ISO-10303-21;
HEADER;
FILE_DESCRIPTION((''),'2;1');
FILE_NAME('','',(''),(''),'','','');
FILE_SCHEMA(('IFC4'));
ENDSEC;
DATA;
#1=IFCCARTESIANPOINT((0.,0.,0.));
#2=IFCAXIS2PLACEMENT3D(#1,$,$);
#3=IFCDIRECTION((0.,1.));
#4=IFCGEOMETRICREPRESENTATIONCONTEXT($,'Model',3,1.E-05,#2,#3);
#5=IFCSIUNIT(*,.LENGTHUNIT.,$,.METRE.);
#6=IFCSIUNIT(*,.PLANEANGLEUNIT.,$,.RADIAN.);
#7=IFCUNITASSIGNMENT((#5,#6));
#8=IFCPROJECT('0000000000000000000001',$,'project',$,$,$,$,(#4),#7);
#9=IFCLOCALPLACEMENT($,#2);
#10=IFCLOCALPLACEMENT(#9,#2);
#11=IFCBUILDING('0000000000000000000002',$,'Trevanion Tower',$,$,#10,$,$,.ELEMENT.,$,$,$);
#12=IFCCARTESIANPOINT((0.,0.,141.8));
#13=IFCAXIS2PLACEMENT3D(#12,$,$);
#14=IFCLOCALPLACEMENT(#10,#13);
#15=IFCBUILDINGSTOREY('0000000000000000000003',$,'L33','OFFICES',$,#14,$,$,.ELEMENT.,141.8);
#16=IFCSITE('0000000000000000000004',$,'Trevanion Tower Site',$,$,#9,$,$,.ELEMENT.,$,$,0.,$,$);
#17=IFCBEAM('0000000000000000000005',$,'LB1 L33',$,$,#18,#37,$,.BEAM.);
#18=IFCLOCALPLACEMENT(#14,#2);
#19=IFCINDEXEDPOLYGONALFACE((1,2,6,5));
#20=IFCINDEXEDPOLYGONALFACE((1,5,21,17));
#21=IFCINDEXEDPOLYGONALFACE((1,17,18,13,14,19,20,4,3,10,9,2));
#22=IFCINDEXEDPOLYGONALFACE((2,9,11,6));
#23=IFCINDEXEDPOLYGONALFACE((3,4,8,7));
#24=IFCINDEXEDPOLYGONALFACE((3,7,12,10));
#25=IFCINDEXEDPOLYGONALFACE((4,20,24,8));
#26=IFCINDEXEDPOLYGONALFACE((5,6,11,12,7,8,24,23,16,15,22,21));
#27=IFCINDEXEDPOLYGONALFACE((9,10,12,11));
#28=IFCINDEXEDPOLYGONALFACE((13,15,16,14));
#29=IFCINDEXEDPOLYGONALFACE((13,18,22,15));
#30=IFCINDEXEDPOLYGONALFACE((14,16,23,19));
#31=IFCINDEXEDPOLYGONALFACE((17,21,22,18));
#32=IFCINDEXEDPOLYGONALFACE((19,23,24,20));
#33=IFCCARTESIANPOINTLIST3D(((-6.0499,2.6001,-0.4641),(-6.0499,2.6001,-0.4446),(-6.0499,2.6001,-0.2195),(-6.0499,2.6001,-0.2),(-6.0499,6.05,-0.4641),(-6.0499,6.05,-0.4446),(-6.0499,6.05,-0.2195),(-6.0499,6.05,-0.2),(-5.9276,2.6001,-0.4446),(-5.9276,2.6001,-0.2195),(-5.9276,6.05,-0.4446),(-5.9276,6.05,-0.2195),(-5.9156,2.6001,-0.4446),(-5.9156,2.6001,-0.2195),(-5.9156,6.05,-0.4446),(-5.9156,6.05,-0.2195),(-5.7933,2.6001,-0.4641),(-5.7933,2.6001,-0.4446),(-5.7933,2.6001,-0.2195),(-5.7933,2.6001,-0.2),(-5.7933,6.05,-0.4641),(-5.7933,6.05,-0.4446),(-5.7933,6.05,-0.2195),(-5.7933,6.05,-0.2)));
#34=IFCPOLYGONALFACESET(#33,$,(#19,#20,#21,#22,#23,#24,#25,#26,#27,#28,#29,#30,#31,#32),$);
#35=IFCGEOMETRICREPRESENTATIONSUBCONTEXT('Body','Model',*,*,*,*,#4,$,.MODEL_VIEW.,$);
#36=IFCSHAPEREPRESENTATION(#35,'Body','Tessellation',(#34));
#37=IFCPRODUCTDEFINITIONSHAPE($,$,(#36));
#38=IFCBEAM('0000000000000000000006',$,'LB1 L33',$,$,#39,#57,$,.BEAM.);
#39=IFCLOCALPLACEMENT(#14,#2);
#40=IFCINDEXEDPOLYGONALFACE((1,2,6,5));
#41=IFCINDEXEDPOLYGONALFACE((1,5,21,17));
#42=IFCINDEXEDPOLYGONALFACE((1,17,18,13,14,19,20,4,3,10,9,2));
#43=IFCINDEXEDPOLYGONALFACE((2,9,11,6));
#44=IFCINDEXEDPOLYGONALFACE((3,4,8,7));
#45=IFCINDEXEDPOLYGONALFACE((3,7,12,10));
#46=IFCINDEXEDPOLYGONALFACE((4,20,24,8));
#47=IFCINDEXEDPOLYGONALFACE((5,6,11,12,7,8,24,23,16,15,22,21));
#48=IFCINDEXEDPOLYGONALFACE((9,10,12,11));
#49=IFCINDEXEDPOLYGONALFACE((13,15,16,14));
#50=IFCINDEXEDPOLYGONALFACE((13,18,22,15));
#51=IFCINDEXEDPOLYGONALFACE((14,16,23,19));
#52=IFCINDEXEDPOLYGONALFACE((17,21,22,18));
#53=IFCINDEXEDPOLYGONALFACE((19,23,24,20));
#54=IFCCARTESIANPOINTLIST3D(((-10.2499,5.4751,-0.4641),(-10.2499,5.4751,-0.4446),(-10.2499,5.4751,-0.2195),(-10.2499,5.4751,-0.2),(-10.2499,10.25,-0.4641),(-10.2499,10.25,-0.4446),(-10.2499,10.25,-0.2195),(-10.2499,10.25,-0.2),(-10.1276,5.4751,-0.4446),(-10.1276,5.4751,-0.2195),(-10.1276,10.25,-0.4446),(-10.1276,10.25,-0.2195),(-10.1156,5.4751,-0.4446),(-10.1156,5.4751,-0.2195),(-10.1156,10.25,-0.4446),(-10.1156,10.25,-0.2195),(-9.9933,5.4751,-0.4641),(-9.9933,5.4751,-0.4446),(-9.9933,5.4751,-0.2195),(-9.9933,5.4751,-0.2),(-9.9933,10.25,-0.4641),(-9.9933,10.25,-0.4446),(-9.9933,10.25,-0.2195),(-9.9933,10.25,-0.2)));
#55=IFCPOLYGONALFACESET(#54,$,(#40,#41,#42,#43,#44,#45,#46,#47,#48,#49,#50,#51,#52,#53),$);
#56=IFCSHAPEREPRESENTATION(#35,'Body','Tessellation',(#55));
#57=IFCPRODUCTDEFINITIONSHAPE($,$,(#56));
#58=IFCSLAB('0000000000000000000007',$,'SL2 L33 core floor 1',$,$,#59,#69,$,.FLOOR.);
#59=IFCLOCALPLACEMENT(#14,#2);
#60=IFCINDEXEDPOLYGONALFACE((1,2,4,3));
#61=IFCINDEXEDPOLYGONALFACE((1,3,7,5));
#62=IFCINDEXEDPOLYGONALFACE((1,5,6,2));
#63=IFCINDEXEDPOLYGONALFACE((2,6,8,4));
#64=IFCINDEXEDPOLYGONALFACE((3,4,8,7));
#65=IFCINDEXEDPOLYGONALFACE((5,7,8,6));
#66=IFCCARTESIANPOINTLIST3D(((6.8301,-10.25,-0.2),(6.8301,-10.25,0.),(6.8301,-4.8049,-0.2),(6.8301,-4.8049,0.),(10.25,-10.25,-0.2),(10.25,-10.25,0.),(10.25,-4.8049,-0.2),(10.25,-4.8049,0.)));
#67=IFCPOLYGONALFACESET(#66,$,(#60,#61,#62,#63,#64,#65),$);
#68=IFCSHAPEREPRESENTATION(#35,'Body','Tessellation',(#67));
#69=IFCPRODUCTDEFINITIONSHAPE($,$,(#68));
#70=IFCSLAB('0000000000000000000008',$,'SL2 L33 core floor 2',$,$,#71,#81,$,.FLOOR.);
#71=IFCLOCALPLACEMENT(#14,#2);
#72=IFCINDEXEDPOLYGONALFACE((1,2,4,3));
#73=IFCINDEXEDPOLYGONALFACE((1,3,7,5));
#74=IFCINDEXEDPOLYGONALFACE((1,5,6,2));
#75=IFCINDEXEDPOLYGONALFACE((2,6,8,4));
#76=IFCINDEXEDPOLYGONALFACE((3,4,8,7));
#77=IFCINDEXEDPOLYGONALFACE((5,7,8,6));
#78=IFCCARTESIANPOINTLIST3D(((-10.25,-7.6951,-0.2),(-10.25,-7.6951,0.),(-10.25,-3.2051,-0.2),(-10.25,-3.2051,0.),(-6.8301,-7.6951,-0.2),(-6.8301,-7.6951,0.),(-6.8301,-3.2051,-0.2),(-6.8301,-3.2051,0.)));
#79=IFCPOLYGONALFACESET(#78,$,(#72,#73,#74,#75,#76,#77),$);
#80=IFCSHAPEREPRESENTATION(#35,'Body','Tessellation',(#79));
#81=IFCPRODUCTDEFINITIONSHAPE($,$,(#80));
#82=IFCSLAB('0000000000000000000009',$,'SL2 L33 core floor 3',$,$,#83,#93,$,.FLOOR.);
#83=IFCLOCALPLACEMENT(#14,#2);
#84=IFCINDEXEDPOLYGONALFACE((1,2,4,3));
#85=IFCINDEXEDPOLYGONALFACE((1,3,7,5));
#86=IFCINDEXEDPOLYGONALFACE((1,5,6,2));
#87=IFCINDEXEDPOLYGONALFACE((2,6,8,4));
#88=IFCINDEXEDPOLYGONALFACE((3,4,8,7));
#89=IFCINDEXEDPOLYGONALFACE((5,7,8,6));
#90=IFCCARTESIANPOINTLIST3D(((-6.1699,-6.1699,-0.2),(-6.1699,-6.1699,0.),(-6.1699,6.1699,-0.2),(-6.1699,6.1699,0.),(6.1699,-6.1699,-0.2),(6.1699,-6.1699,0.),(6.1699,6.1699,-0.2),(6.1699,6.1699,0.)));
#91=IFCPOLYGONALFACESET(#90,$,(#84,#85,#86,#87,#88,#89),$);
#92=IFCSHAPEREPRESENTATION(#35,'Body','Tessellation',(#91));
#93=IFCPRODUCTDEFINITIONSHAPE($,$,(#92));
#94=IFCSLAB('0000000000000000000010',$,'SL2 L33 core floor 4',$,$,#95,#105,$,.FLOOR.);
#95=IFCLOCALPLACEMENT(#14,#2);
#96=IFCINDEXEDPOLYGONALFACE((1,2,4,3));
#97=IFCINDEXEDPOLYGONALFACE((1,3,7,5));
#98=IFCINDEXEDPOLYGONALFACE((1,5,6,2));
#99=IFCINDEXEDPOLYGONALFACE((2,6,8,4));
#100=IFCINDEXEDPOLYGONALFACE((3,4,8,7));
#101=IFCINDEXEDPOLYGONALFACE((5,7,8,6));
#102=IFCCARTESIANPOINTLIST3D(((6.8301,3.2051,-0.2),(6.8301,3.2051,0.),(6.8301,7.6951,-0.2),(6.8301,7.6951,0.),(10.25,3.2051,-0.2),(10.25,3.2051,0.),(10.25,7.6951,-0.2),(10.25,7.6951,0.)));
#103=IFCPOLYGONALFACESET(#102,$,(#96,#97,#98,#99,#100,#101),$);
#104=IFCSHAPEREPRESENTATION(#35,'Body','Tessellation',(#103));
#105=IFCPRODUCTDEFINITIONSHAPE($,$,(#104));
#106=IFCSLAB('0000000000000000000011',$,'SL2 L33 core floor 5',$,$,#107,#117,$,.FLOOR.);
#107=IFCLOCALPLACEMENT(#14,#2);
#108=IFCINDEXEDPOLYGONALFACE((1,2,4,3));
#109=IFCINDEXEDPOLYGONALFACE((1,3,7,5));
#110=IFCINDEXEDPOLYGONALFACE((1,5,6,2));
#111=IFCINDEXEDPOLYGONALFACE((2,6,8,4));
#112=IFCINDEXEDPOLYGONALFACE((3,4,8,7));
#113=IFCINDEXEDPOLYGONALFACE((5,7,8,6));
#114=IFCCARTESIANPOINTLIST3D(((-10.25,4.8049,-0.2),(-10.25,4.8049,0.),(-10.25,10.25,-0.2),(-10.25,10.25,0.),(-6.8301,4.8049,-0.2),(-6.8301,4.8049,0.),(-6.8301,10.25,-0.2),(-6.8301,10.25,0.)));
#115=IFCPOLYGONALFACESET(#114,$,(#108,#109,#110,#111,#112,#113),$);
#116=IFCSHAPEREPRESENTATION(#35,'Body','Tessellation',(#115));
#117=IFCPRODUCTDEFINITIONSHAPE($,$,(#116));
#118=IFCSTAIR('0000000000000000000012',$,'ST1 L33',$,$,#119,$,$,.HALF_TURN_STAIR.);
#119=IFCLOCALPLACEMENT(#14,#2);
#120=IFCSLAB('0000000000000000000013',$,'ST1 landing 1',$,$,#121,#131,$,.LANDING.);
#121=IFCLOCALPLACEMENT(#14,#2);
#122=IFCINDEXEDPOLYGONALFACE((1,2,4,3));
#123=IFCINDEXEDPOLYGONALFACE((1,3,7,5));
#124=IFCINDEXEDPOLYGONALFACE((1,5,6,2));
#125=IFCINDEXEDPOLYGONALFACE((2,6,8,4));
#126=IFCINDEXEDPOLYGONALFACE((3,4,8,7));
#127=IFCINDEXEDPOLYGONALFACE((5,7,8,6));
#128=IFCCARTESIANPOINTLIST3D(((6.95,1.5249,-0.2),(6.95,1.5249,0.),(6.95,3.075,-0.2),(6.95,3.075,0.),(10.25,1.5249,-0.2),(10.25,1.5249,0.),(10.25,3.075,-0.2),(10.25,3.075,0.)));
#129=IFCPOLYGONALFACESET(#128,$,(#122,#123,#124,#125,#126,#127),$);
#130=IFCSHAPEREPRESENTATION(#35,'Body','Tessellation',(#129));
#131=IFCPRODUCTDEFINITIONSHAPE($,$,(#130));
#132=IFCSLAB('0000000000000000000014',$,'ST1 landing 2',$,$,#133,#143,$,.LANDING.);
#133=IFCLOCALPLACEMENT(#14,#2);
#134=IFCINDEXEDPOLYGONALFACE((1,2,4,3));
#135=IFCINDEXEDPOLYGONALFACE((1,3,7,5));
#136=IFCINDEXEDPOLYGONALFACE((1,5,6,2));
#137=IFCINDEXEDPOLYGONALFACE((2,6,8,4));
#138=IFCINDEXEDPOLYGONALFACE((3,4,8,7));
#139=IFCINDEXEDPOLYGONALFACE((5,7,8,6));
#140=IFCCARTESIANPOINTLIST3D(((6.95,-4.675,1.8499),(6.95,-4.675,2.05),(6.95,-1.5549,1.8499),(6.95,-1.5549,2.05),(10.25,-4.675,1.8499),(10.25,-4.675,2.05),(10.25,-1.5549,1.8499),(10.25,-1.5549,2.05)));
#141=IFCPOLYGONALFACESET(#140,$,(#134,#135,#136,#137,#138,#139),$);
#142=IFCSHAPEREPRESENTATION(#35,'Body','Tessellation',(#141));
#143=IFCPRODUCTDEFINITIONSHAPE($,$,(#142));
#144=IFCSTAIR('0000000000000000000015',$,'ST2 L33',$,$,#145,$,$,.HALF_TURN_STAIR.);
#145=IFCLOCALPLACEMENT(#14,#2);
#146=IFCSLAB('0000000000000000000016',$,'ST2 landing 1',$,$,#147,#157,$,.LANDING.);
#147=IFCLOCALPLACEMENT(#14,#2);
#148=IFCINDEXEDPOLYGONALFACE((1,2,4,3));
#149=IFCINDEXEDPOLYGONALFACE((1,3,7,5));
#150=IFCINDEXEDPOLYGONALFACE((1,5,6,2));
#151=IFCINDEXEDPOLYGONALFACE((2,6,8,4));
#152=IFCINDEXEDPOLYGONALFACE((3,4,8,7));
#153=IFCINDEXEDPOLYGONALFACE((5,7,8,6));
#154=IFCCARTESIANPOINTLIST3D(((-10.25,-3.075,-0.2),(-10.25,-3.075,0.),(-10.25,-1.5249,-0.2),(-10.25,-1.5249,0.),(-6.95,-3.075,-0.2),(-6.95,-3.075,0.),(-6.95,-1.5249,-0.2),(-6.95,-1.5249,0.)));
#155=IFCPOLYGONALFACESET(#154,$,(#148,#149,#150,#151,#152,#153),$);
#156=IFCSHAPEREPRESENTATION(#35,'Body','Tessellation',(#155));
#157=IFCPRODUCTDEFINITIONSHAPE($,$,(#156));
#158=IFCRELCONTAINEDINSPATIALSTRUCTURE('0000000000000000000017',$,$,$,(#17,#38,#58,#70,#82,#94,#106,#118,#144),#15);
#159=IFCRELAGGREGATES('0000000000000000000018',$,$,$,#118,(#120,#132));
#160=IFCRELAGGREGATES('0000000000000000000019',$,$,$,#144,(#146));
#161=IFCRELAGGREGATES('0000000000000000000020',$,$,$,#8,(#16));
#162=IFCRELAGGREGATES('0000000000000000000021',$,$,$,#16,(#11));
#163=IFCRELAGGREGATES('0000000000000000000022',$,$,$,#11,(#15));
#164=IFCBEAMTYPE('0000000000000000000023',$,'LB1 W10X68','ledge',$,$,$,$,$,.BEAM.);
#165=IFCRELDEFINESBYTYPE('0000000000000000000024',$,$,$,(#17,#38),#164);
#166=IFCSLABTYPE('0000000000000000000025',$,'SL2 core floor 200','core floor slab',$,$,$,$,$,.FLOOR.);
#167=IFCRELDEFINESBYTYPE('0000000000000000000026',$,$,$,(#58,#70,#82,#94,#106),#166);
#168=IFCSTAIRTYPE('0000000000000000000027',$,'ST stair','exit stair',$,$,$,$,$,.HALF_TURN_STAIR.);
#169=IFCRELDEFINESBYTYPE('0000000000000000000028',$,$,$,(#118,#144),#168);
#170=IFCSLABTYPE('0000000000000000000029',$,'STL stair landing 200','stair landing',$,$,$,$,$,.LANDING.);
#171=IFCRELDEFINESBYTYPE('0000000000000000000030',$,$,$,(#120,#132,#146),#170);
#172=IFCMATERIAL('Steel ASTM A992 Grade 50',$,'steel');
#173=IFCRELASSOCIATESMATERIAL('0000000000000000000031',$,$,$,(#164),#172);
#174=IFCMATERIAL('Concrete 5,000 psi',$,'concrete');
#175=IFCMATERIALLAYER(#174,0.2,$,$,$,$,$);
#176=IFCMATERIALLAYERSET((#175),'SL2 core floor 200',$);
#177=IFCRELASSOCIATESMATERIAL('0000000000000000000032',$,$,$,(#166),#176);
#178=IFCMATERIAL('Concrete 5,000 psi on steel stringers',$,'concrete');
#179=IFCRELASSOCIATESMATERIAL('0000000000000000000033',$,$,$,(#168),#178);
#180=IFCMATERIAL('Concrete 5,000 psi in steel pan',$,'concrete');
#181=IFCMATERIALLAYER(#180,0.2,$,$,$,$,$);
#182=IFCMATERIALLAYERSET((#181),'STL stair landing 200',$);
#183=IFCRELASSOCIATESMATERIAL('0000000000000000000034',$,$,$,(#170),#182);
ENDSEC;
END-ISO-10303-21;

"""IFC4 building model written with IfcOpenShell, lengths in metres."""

from ifc_helpers import new_model, si_unit, direction, frame, origin, origin_2d, place, context, subcontext, project, spatial, polyline, i_section, outline, extrude, material, layer, layer_set, material_profile, profile_set, type_object, element, aggregate, save


model = new_model("IFC4")

# Units and contexts
model_context = context("Model", 3, precision=1e-05, world=origin(), true_north=direction((0.0, 1.0)))
body_context = subcontext(model_context, "Body", "Model", "MODEL_VIEW")
ifc_project = project(units=[si_unit("LENGTHUNIT", "METRE"), si_unit("PLANEANGLEUNIT", "RADIAN")], contexts=[model_context])

# Site, building, storey
site_placement = place(None, origin())
site = spatial("IfcSite", under=ifc_project, at=site_placement, Name="Trevanion Tower Site", CompositionType="ELEMENT", RefElevation=0.0)
building_placement = place(site_placement, origin())
building = spatial("IfcBuilding", under=site, at=building_placement, Name="Trevanion Tower", CompositionType="ELEMENT")
storey_placement = place(building_placement, frame((0.0, 0.0, 141.8)))
storey = spatial("IfcBuildingStorey", under=building, at=storey_placement, Name="L33", Description="OFFICES", CompositionType="ELEMENT", Elevation=141.8)

# Beams
ifc_material_1 = material(Name="Steel ASTM A992 Grade 50", Category="steel")
ifc_material_profile = material_profile(ifc_material_1, i_section(OverallWidth=0.2566, OverallDepth=0.2642, WebThickness=0.012, FlangeThickness=0.0195, at=origin_2d()), Name="W10X68")
ifc_profile_set = profile_set([ifc_material_profile], Name="Steel ASTM A992 Grade 50")
beam_type = type_object("IfcBeamType", Name="LB1 W10X68", Description="ledge", PredefinedType="BEAM", material=ifc_profile_set)
beam_1_placement = place(storey_placement, frame((-5.9216, 2.6001, -0.332), z_axis=(0.0, 1.0, 0.0), x_axis=(-1.0, 0.0, 0.0)))
element("IfcBeam", 1, at=beam_1_placement, inside=storey, type_object=beam_type, Name="LB1 L33", PredefinedType="BEAM", context=body_context, shape_type="SweptSolid", body=[
    extrude(i_section(OverallWidth=0.2566, OverallDepth=0.2642, WebThickness=0.012, FlangeThickness=0.0195, at=origin_2d()), origin(), (0.0, 0.0, 1.0), 3.45),
])
beam_2_placement = place(storey_placement, frame((-10.1216, 5.4751, -0.332), z_axis=(0.0, 1.0, 0.0), x_axis=(-1.0, 0.0, 0.0)))
element("IfcBeam", 2, at=beam_2_placement, inside=storey, type_object=beam_type, Name="LB1 L33", PredefinedType="BEAM", context=body_context, shape_type="SweptSolid", body=[
    extrude(i_section(OverallWidth=0.2566, OverallDepth=0.2642, WebThickness=0.012, FlangeThickness=0.0195, at=origin_2d()), origin(), (0.0, 0.0, 1.0), 4.7749),
])

# Slabs
ifc_material_2 = material(Name="Concrete 5,000 psi", Category="concrete")
ifc_layer_1 = layer(ifc_material_2, 0.2)
ifc_layer_set_1 = layer_set([ifc_layer_1], Name="SL2 core floor 200")
slab_type_1 = type_object("IfcSlabType", Name="SL2 core floor 200", Description="core floor slab", PredefinedType="FLOOR", material=ifc_layer_set_1)
slab_1_placement = place(storey_placement, frame((0.0, 0.0, -0.2)))
element("IfcSlab", 3, at=slab_1_placement, inside=storey, type_object=slab_type_1, Name="SL2 L33 core floor 1", PredefinedType="FLOOR", context=body_context, shape_type="SweptSolid", body=[
    extrude(outline(polyline([(10.25, -4.8049), (10.25, -10.25), (6.8301, -10.25), (6.8301, -4.8049), (10.25, -4.8049)])), origin(), (0.0, 0.0, 1.0), 0.2),
])
slab_2_placement = place(storey_placement, frame((0.0, 0.0, -0.2)))
element("IfcSlab", 4, at=slab_2_placement, inside=storey, type_object=slab_type_1, Name="SL2 L33 core floor 2", PredefinedType="FLOOR", context=body_context, shape_type="SweptSolid", body=[
    extrude(outline(polyline([(-6.8301, -3.2051), (-6.8301, -7.6951), (-10.25, -7.6951), (-10.25, -3.2051), (-6.8301, -3.2051)])), origin(), (0.0, 0.0, 1.0), 0.2),
])
slab_3_placement = place(storey_placement, frame((0.0, 0.0, -0.2)))
element("IfcSlab", 5, at=slab_3_placement, inside=storey, type_object=slab_type_1, Name="SL2 L33 core floor 3", PredefinedType="FLOOR", context=body_context, shape_type="SweptSolid", body=[
    extrude(outline(polyline([(6.1699, -6.1699), (-6.1699, -6.1699), (-6.1699, 6.1699), (6.1699, 6.1699), (6.1699, -6.1699)])), origin(), (0.0, 0.0, 1.0), 0.2),
])
slab_4_placement = place(storey_placement, frame((0.0, 0.0, -0.2)))
element("IfcSlab", 6, at=slab_4_placement, inside=storey, type_object=slab_type_1, Name="SL2 L33 core floor 4", PredefinedType="FLOOR", context=body_context, shape_type="SweptSolid", body=[
    extrude(outline(polyline([(6.8301, 3.2051), (6.8301, 7.6951), (10.25, 7.6951), (10.25, 3.2051), (6.8301, 3.2051)])), origin(), (0.0, 0.0, 1.0), 0.2),
])
slab_5_placement = place(storey_placement, frame((0.0, 0.0, -0.2)))
element("IfcSlab", 7, at=slab_5_placement, inside=storey, type_object=slab_type_1, Name="SL2 L33 core floor 5", PredefinedType="FLOOR", context=body_context, shape_type="SweptSolid", body=[
    extrude(outline(polyline([(-6.8301, 4.8049), (-10.25, 4.8049), (-10.25, 10.25), (-6.8301, 10.25), (-6.8301, 4.8049)])), origin(), (0.0, 0.0, 1.0), 0.2),
])

# Stair, slabs
ifc_material_3 = material(Name="Concrete 5,000 psi on steel stringers", Category="concrete")
stair_type = type_object("IfcStairType", Name="ST stair", Description="exit stair", PredefinedType="HALF_TURN_STAIR", material=ifc_material_3)
stair_1_placement = place(storey_placement, origin())
stair_1 = element("IfcStair", 8, at=stair_1_placement, inside=storey, type_object=stair_type, Name="ST1 L33", PredefinedType="HALF_TURN_STAIR")
ifc_material_4 = material(Name="Concrete 5,000 psi in steel pan", Category="concrete")
ifc_layer_2 = layer(ifc_material_4, 0.2)
ifc_layer_set_2 = layer_set([ifc_layer_2], Name="STL stair landing 200")
slab_type_2 = type_object("IfcSlabType", Name="STL stair landing 200", Description="stair landing", PredefinedType="LANDING", material=ifc_layer_set_2)
slab_6_placement = place(storey_placement, frame((0.0, 0.0, -0.2)))
slab_6 = element("IfcSlab", 9, at=slab_6_placement, type_object=slab_type_2, Name="ST1 landing 1", PredefinedType="LANDING", context=body_context, shape_type="SweptSolid", body=[
    extrude(outline(polyline([(6.95, 1.5249), (10.25, 1.5249), (10.25, 3.075), (6.95, 3.075), (6.95, 1.5249)])), origin(), (0.0, 0.0, 1.0), 0.2),
])
slab_7_placement = place(storey_placement, frame((0.0, 0.0, 1.8499)))
slab_7 = element("IfcSlab", 10, at=slab_7_placement, type_object=slab_type_2, Name="ST1 landing 2", PredefinedType="LANDING", context=body_context, shape_type="SweptSolid", body=[
    extrude(outline(polyline([(6.95, -4.675), (10.25, -4.675), (10.25, -1.5549), (6.95, -1.5549), (6.95, -4.675)])), origin(), (0.0, 0.0, 1.0), 0.2002),
])
aggregate(stair_1, [slab_6, slab_7])

# Stair, slab
stair_2_placement = place(storey_placement, origin())
stair_2 = element("IfcStair", 11, at=stair_2_placement, inside=storey, type_object=stair_type, Name="ST2 L33", PredefinedType="HALF_TURN_STAIR")
slab_8_placement = place(storey_placement, frame((0.0, 0.0, -0.2)))
slab_8 = element("IfcSlab", 12, at=slab_8_placement, type_object=slab_type_2, Name="ST2 landing 1", PredefinedType="LANDING", context=body_context, shape_type="SweptSolid", body=[
    extrude(outline(polyline([(-6.95, -1.5249), (-10.25, -1.5249), (-10.25, -3.075), (-6.95, -3.075), (-6.95, -1.5249)])), origin(), (0.0, 0.0, 1.0), 0.2),
])

aggregate(stair_2, [slab_8])

save(model, "model.ifc")
